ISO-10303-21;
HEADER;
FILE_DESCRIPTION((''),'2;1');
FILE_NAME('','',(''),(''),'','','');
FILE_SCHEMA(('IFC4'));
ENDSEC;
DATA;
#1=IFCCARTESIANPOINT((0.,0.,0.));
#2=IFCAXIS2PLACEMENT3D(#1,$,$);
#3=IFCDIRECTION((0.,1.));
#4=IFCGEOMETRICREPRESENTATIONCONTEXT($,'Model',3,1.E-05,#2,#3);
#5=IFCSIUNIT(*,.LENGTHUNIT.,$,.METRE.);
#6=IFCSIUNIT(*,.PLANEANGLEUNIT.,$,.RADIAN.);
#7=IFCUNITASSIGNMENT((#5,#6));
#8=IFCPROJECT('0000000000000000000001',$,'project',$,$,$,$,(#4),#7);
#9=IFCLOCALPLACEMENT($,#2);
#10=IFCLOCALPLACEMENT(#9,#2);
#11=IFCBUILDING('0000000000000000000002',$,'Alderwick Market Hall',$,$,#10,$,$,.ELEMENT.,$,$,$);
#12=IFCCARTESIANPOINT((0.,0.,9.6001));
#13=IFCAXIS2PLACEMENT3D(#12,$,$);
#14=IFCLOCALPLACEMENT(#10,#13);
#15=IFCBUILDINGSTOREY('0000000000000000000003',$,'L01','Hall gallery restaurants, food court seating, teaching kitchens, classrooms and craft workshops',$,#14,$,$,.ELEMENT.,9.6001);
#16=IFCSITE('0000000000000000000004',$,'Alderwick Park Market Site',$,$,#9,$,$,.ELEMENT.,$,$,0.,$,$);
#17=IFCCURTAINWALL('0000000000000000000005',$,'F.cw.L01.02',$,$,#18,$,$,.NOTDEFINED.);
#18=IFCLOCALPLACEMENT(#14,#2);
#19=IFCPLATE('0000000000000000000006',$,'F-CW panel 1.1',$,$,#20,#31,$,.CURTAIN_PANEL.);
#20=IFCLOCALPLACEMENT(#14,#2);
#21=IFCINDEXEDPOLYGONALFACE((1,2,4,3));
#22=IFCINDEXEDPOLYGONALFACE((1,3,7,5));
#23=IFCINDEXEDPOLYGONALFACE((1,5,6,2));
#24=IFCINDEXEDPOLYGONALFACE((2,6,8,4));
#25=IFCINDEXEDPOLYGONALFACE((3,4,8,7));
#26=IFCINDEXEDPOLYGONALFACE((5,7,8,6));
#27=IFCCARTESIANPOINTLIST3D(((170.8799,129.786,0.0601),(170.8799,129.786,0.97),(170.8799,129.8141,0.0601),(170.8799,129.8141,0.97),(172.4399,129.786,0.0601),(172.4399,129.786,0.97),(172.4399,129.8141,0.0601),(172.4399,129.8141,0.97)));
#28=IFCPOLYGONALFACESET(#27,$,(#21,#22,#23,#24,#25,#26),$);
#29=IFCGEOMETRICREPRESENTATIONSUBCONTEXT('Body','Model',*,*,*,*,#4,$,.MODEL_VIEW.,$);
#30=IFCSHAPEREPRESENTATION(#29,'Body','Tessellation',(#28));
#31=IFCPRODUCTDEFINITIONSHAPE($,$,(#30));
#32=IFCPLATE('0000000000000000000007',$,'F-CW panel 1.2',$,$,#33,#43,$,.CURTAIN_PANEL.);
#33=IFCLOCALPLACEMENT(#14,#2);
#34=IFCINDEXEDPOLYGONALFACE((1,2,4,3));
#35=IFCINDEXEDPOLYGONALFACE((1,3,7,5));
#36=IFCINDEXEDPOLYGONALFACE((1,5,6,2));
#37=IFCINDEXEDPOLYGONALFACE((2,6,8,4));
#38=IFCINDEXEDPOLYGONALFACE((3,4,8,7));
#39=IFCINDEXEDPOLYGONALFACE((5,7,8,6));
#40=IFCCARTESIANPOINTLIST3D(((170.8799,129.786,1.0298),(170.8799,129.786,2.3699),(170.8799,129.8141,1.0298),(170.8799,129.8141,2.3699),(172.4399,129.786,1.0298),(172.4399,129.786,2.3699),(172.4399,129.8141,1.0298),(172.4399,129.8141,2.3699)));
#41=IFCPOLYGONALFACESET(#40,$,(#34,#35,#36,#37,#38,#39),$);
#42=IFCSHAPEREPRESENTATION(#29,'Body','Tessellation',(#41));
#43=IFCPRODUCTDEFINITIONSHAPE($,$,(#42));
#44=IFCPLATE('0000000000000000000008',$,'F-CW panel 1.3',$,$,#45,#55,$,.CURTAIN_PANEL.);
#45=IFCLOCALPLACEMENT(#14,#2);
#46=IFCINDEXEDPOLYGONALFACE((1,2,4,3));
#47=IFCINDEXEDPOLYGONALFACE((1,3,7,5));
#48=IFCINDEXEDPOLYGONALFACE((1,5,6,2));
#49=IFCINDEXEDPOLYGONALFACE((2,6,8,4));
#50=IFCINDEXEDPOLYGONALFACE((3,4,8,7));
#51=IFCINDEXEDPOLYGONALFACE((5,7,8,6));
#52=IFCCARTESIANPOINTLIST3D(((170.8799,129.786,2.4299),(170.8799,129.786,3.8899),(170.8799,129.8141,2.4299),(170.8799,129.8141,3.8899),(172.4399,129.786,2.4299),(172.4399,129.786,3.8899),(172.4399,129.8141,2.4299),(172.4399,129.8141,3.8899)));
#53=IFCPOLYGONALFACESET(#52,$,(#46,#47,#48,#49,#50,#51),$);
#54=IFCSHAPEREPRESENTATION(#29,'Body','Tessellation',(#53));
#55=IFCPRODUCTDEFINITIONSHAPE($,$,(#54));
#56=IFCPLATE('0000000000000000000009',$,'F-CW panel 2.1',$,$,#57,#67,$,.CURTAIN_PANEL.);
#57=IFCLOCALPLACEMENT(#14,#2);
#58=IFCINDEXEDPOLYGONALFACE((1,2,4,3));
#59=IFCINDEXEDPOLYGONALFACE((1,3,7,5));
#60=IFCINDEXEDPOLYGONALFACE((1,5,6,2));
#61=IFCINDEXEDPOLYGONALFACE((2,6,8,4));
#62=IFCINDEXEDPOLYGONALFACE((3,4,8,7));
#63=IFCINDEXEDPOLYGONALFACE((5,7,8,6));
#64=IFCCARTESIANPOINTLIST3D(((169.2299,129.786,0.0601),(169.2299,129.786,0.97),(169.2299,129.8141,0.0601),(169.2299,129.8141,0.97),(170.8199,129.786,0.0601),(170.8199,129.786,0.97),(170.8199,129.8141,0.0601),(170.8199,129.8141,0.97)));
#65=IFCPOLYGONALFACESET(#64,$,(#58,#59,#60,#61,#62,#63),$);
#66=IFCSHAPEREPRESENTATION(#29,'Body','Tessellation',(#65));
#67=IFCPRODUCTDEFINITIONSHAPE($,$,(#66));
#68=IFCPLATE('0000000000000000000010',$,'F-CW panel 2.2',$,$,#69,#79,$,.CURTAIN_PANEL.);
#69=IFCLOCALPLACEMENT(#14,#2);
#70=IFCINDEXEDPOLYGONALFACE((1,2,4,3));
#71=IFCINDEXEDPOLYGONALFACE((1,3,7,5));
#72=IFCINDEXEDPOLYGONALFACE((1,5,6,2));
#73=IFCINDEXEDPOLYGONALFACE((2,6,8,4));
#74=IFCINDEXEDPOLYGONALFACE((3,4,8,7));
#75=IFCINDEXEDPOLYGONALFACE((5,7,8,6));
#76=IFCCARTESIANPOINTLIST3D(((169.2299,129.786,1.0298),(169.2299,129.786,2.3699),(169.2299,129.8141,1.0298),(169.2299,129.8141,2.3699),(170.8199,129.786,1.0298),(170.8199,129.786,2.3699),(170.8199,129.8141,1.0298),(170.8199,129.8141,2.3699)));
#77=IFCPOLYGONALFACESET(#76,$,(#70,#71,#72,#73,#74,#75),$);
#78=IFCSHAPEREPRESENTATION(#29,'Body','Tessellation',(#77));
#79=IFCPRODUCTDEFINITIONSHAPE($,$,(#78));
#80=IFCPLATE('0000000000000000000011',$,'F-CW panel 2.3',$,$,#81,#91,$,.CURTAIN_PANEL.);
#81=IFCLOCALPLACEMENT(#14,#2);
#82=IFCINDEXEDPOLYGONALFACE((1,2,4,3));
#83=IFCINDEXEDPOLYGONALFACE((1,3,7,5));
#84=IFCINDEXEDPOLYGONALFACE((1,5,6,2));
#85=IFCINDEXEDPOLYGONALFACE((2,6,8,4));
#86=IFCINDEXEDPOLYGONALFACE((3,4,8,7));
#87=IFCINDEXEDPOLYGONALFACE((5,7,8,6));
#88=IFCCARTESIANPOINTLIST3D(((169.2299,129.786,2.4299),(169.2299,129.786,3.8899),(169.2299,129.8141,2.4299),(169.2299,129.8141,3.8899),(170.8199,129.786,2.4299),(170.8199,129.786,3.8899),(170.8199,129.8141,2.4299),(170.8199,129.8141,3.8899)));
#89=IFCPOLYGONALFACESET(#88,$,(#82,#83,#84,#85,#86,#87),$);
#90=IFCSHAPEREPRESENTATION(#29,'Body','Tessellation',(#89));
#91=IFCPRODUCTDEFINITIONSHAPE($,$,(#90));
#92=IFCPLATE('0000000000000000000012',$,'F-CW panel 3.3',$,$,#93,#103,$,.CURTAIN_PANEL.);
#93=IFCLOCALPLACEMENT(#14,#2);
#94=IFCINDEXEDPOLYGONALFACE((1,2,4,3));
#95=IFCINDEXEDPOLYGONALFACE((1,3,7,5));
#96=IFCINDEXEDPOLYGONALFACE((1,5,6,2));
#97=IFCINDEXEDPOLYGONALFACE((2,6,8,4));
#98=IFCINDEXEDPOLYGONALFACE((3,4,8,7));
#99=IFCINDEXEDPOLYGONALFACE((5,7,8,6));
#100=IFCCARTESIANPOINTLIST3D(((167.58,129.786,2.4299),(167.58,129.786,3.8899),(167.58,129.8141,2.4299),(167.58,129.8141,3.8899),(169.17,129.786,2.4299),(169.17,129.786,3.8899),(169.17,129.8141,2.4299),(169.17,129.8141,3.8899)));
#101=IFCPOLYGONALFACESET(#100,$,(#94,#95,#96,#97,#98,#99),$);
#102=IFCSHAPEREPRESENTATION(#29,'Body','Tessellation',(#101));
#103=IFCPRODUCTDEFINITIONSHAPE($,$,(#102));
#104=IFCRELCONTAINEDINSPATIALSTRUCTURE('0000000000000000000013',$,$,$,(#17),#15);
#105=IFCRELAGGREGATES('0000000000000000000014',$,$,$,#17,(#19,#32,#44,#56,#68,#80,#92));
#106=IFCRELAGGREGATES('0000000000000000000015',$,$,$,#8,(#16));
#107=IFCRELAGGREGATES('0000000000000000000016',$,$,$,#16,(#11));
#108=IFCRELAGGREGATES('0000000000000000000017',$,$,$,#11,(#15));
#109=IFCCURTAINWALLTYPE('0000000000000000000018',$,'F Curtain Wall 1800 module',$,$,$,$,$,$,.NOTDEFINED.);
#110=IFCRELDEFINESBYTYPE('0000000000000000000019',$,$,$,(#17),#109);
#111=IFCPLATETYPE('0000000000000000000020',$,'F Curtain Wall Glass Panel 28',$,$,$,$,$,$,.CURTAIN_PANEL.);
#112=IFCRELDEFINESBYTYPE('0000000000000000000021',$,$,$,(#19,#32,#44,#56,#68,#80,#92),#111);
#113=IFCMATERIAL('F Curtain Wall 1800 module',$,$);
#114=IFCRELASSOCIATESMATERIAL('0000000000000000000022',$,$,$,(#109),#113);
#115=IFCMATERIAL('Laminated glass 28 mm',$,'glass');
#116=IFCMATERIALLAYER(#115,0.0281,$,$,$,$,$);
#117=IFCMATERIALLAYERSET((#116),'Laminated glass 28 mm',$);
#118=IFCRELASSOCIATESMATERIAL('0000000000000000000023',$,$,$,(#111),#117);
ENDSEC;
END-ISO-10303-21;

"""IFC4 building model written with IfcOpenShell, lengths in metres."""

from ifc_helpers import new_model, si_unit, direction, frame, origin, origin_2d, place, context, subcontext, project, spatial, rectangle, extrude, material, layer, layer_set, type_object, element, aggregate, save


model = new_model("IFC4")

# Units and contexts
model_context = context("Model", 3, precision=1e-05, world=origin(), true_north=direction((0.0, 1.0)))
body_context = subcontext(model_context, "Body", "Model", "MODEL_VIEW")
ifc_project = project(units=[si_unit("LENGTHUNIT", "METRE"), si_unit("PLANEANGLEUNIT", "RADIAN")], contexts=[model_context])

# Site, building, storey
site_placement = place(None, origin())
site = spatial("IfcSite", under=ifc_project, at=site_placement, Name="Alderwick Park Market Site", CompositionType="ELEMENT", RefElevation=0.0)
building_placement = place(site_placement, origin())
building = spatial("IfcBuilding", under=site, at=building_placement, Name="Alderwick Market Hall", CompositionType="ELEMENT")
storey_placement = place(building_placement, frame((0.0, 0.0, 9.6001)))
storey = spatial("IfcBuildingStorey", under=building, at=storey_placement, Name="L01", Description="Hall gallery restaurants, food court seating, teaching kitchens, classrooms and craft workshops", CompositionType="ELEMENT", Elevation=9.6001)

# Curtain wall, plates
ifc_material_1 = material(Name="F Curtain Wall 1800 module")
curtain_wall_type = type_object("IfcCurtainWallType", Name="F Curtain Wall 1800 module", PredefinedType="NOTDEFINED", material=ifc_material_1)
curtain_wall_placement = place(storey_placement, origin())
curtain_wall = element("IfcCurtainWall", 1, at=curtain_wall_placement, inside=storey, type_object=curtain_wall_type, Name="F.cw.L01.02", PredefinedType="NOTDEFINED")
ifc_material_2 = material(Name="Laminated glass 28 mm", Category="glass")
ifc_layer = layer(ifc_material_2, 0.0281)
ifc_layer_set = layer_set([ifc_layer], Name="Laminated glass 28 mm")
plate_type = type_object("IfcPlateType", Name="F Curtain Wall Glass Panel 28", PredefinedType="CURTAIN_PANEL", material=ifc_layer_set)
plate_1_placement = place(storey_placement, frame((171.6599, 129.8, 0.0601), z_axis=(0.0, 0.0, 1.0), x_axis=(-1.0, 0.0, 0.0)))
plate_1 = element("IfcPlate", 2, at=plate_1_placement, type_object=plate_type, Name="F-CW panel 1.1", PredefinedType="CURTAIN_PANEL", context=body_context, shape_type="SweptSolid", body=[
    extrude(rectangle(XDim=1.5601, YDim=0.0281, at=origin_2d()), origin(), (0.0, 0.0, 1.0), 0.9099),
])
plate_2_placement = place(storey_placement, frame((171.6599, 129.8, 1.0298), z_axis=(0.0, 0.0, 1.0), x_axis=(-1.0, 0.0, 0.0)))
plate_2 = element("IfcPlate", 3, at=plate_2_placement, type_object=plate_type, Name="F-CW panel 1.2", PredefinedType="CURTAIN_PANEL", context=body_context, shape_type="SweptSolid", body=[
    extrude(rectangle(XDim=1.5601, YDim=0.0281, at=origin_2d()), origin(), (0.0, 0.0, 1.0), 1.3401),
])
plate_3_placement = place(storey_placement, frame((171.6599, 129.8, 2.4299), z_axis=(0.0, 0.0, 1.0), x_axis=(-1.0, 0.0, 0.0)))
plate_3 = element("IfcPlate", 4, at=plate_3_placement, type_object=plate_type, Name="F-CW panel 1.3", PredefinedType="CURTAIN_PANEL", context=body_context, shape_type="SweptSolid", body=[
    extrude(rectangle(XDim=1.5601, YDim=0.0281, at=origin_2d()), origin(), (0.0, 0.0, 1.0), 1.46),
])
plate_4_placement = place(storey_placement, frame((170.0249, 129.8, 0.0601), z_axis=(0.0, 0.0, 1.0), x_axis=(-1.0, 0.0, 0.0)))
plate_4 = element("IfcPlate", 5, at=plate_4_placement, type_object=plate_type, Name="F-CW panel 2.1", PredefinedType="CURTAIN_PANEL", context=body_context, shape_type="SweptSolid", body=[
    extrude(rectangle(XDim=1.5901, YDim=0.0281, at=origin_2d()), origin(), (0.0, 0.0, 1.0), 0.9099),
])
plate_5_placement = place(storey_placement, frame((170.0249, 129.8, 1.0298), z_axis=(0.0, 0.0, 1.0), x_axis=(-1.0, 0.0, 0.0)))
plate_5 = element("IfcPlate", 6, at=plate_5_placement, type_object=plate_type, Name="F-CW panel 2.2", PredefinedType="CURTAIN_PANEL", context=body_context, shape_type="SweptSolid", body=[
    extrude(rectangle(XDim=1.5901, YDim=0.0281, at=origin_2d()), origin(), (0.0, 0.0, 1.0), 1.3401),
])
plate_6_placement = place(storey_placement, frame((170.0249, 129.8, 2.4299), z_axis=(0.0, 0.0, 1.0), x_axis=(-1.0, 0.0, 0.0)))
plate_6 = element("IfcPlate", 7, at=plate_6_placement, type_object=plate_type, Name="F-CW panel 2.3", PredefinedType="CURTAIN_PANEL", context=body_context, shape_type="SweptSolid", body=[
    extrude(rectangle(XDim=1.5901, YDim=0.0281, at=origin_2d()), origin(), (0.0, 0.0, 1.0), 1.46),
])
plate_7_placement = place(storey_placement, frame((168.375, 129.8, 2.4299), z_axis=(0.0, 0.0, 1.0), x_axis=(-1.0, 0.0, 0.0)))
plate_7 = element("IfcPlate", 8, at=plate_7_placement, type_object=plate_type, Name="F-CW panel 3.3", PredefinedType="CURTAIN_PANEL", context=body_context, shape_type="SweptSolid", body=[
    extrude(rectangle(XDim=1.5901, YDim=0.0281, at=origin_2d()), origin(), (0.0, 0.0, 1.0), 1.46),
])
aggregate(curtain_wall, [plate_1, plate_2, plate_3, plate_4, plate_5, plate_6, plate_7])

save(model, "model.ifc")
